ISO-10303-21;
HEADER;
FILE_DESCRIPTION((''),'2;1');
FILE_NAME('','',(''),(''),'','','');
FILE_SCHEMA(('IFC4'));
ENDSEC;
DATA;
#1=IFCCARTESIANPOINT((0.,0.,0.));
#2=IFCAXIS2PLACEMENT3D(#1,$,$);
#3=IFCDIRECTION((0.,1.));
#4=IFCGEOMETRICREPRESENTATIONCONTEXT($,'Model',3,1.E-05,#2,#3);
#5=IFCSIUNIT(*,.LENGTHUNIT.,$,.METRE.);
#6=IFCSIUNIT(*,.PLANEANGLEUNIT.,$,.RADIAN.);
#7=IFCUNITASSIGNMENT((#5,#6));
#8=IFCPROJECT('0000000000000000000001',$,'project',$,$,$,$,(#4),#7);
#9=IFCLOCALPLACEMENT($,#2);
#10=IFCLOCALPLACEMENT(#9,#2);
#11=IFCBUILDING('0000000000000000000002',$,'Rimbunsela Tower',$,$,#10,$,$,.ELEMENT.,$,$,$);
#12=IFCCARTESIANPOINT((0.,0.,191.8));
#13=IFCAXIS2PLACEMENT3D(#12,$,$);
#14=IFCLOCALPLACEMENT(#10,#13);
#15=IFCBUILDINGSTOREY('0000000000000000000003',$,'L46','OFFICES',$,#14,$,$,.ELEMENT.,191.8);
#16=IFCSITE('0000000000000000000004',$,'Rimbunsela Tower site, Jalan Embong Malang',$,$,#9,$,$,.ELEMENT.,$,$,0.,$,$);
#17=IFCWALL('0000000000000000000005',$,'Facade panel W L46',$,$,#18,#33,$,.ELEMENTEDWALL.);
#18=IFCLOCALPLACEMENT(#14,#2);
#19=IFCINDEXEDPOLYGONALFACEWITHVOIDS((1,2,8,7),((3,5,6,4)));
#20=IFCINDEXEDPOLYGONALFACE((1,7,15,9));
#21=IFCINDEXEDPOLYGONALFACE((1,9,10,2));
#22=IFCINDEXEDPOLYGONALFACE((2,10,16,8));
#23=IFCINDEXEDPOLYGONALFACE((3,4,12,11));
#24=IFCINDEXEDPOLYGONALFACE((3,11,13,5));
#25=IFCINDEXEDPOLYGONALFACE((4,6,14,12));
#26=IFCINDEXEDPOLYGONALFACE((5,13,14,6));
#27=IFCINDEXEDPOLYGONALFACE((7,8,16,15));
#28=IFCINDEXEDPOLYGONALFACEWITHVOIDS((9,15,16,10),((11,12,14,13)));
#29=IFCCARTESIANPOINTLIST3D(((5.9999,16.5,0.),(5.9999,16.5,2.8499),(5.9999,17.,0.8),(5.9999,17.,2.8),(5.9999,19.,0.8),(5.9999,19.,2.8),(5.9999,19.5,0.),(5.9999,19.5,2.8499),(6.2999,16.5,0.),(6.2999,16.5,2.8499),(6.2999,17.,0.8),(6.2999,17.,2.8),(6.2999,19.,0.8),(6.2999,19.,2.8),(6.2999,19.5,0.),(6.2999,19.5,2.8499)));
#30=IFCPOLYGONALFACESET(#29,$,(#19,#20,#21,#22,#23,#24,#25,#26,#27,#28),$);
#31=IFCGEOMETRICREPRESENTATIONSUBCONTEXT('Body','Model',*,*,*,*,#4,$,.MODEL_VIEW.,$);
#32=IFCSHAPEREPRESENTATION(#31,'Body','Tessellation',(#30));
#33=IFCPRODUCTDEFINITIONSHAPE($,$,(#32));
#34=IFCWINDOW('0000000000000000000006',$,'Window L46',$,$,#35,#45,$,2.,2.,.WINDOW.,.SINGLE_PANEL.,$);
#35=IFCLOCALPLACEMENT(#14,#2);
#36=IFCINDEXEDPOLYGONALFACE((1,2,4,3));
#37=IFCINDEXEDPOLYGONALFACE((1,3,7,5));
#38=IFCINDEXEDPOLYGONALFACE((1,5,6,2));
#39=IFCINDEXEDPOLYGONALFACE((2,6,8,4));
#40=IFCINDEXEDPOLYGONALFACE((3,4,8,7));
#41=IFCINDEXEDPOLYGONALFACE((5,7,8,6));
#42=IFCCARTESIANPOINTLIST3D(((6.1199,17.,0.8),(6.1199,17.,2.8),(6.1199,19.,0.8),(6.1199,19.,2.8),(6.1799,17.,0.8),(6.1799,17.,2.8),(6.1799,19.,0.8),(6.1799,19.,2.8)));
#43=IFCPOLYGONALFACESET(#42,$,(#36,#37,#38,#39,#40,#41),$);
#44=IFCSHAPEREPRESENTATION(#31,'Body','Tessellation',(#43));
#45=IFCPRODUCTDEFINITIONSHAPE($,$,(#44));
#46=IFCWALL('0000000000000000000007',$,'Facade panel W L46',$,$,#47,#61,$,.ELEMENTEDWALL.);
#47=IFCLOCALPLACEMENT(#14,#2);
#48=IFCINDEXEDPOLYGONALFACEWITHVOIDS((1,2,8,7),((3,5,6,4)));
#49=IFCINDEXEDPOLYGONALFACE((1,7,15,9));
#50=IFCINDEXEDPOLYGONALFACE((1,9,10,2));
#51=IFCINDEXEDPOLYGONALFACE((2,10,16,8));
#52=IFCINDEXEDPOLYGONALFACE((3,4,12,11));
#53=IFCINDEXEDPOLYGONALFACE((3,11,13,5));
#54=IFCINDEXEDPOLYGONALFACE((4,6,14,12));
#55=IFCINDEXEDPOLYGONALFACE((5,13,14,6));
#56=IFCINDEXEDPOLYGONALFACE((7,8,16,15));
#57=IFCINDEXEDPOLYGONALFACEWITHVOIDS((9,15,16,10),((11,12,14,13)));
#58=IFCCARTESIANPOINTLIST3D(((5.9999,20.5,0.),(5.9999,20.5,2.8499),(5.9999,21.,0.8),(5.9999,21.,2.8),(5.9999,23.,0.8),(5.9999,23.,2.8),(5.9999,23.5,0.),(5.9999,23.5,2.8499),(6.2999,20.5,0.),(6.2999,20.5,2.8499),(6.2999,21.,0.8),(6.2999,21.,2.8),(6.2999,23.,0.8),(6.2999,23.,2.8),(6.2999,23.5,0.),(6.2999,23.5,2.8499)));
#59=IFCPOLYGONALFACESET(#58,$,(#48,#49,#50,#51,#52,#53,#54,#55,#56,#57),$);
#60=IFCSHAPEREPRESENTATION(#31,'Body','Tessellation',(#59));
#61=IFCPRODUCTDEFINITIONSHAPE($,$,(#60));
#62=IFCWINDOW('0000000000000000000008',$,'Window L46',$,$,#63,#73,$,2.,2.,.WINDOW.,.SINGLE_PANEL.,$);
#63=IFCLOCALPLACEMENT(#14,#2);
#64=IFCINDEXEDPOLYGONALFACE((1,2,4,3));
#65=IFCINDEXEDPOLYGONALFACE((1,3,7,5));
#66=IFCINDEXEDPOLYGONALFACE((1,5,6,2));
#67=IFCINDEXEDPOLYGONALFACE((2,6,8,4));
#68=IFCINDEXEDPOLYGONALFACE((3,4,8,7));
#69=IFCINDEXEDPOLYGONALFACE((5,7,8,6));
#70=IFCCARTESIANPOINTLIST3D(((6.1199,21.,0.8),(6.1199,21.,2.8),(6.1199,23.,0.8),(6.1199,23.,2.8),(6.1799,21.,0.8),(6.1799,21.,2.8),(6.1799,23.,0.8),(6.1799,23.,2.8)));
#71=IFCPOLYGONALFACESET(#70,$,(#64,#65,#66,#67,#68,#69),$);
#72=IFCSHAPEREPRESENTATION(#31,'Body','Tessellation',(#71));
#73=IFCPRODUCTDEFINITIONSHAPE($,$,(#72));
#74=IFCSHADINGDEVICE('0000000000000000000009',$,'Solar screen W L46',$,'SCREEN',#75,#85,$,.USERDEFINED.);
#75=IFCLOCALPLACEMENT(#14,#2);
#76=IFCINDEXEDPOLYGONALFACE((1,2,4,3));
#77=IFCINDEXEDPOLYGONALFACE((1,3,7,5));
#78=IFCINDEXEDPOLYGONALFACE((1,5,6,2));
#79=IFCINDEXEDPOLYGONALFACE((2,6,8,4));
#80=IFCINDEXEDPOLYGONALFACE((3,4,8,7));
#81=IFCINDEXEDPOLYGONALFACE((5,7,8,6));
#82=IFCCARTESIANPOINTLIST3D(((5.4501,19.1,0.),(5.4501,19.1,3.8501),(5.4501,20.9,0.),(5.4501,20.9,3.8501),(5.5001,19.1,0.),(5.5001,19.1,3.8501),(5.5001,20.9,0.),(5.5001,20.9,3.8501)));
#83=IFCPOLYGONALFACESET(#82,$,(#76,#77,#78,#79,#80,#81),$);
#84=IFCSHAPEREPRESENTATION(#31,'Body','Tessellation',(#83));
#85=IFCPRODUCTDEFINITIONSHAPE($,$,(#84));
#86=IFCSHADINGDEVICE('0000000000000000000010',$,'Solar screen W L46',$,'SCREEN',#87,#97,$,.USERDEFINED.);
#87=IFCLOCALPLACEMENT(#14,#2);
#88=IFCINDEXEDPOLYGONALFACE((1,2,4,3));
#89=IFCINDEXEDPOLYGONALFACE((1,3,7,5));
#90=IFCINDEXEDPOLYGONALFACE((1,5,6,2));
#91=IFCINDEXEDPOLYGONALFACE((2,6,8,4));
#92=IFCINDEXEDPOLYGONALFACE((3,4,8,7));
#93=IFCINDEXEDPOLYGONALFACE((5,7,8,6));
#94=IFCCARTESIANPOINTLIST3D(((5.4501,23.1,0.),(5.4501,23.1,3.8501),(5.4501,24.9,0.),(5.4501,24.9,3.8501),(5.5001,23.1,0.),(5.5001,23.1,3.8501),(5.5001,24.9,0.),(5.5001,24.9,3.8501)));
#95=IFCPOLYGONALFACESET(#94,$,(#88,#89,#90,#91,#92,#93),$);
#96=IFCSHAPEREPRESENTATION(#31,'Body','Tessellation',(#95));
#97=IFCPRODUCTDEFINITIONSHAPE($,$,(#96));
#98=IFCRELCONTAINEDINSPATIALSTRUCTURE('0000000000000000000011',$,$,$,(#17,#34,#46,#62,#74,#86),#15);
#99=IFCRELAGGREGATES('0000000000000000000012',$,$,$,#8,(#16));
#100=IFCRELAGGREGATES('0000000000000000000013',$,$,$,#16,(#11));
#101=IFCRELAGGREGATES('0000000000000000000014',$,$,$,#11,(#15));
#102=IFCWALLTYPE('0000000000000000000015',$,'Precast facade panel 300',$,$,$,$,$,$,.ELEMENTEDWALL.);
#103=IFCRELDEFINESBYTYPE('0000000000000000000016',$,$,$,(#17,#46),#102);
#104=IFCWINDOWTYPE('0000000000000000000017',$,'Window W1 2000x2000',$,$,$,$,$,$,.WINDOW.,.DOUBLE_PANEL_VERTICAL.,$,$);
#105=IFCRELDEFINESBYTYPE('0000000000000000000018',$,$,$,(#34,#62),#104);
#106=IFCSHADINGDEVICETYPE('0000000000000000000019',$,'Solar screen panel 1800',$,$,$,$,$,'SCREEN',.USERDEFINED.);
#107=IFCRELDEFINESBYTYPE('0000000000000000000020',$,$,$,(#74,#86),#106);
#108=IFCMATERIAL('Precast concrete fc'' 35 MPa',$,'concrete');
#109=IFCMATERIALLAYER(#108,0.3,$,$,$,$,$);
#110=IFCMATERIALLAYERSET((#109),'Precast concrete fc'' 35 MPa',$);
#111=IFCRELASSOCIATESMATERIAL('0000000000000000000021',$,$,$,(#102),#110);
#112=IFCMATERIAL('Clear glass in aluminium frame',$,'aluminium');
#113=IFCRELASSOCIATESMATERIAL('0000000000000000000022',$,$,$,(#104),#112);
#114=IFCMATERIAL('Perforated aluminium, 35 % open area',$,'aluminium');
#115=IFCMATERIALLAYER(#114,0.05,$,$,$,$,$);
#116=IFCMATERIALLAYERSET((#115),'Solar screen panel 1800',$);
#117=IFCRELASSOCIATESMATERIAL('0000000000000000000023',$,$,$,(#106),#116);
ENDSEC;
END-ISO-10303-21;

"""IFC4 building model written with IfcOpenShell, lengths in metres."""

from ifc_helpers import new_model, si_unit, direction, frame, frame_2d, origin, origin_2d, place, context, subcontext, project, spatial, rectangle, extrude, material, layer, layer_set, type_object, element, fill, save


model = new_model("IFC4")

# Units and contexts
model_context = context("Model", 3, precision=1e-05, world=origin(), true_north=direction((0.0, 1.0)))
body_context = subcontext(model_context, "Body", "Model", "MODEL_VIEW")
ifc_project = project(units=[si_unit("LENGTHUNIT", "METRE"), si_unit("PLANEANGLEUNIT", "RADIAN")], contexts=[model_context])

# Site, building, storey
site_placement = place(None, origin())
site = spatial("IfcSite", under=ifc_project, at=site_placement, Name="Rimbunsela Tower site, Jalan Embong Malang", CompositionType="ELEMENT", RefElevation=0.0)
building_placement = place(site_placement, origin())
building = spatial("IfcBuilding", under=site, at=building_placement, Name="Rimbunsela Tower", CompositionType="ELEMENT")
storey_placement = place(building_placement, frame((0.0, 0.0, 191.8)))
storey = spatial("IfcBuildingStorey", under=building, at=storey_placement, Name="L46", Description="OFFICES", CompositionType="ELEMENT", Elevation=191.8)

# Walls, openings, windows
ifc_material_1 = material(Name="Precast concrete fc' 35 MPa", Category="concrete")
ifc_layer_1 = layer(ifc_material_1, 0.3)
ifc_layer_set_1 = layer_set([ifc_layer_1], Name="Precast concrete fc' 35 MPa")
wall_type_1 = type_object("IfcWallType", Name="Precast facade panel 300", PredefinedType="ELEMENTEDWALL", material=ifc_layer_set_1)
wall_1_placement = place(storey_placement, frame((6.1499, 19.5, 0.0), z_axis=(0.0, 0.0, 1.0), x_axis=(0.0, -1.0, 0.0)))
wall_1 = element("IfcWall", 1, at=wall_1_placement, inside=storey, type_object=wall_type_1, Name="Facade panel W L46", PredefinedType="ELEMENTEDWALL", context=body_context, shape_type="SweptSolid", body=[
    extrude(rectangle(XDim=3.0, YDim=0.3, at=frame_2d((1.5, 0.0))), origin(), (0.0, 0.0, 1.0), 2.8499),
])
opening_1_placement = place(wall_1_placement, frame((0.5, 0.0, 0.8)))
opening_1 = element("IfcOpeningElement", 2, at=opening_1_placement, cuts=wall_1, PredefinedType="OPENING", context=body_context, shape_type="SweptSolid", body=[
    extrude(rectangle(XDim=2.0, YDim=2.0, at=frame_2d((1.0, 1.0))), frame((0.0, 0.1599, 0.0), z_axis=(0.0, -1.0, 0.0), x_axis=(1.0, 0.0, 0.0)), (0.0, 0.0, 1.0), 0.3201),
])
ifc_material_2 = material(Name="Clear glass in aluminium frame", Category="aluminium")
window_type = type_object("IfcWindowType", Name="Window W1 2000x2000", PartitioningType="DOUBLE_PANEL_VERTICAL", PredefinedType="WINDOW", material=ifc_material_2)
window_1_placement = place(opening_1_placement, origin())
window_1 = element("IfcWindow", 3, at=window_1_placement, inside=storey, type_object=window_type, Name="Window L46", OverallHeight=2.0, OverallWidth=2.0, PartitioningType="SINGLE_PANEL", PredefinedType="WINDOW", context=body_context, shape_type="SweptSolid", body=[
    extrude(rectangle(XDim=2.0, YDim=2.0, at=frame_2d((1.0, 1.0))), frame((0.0, 0.03, 0.0), z_axis=(0.0, -1.0, 0.0), x_axis=(1.0, 0.0, 0.0)), (0.0, 0.0, 1.0), 0.0601),
])
fill(opening_1, window_1)
wall_2_placement = place(storey_placement, frame((6.1499, 23.5, 0.0), z_axis=(0.0, 0.0, 1.0), x_axis=(0.0, -1.0, 0.0)))
wall_2 = element("IfcWall", 4, at=wall_2_placement, inside=storey, type_object=wall_type_1, Name="Facade panel W L46", PredefinedType="ELEMENTEDWALL", context=body_context, shape_type="SweptSolid", body=[
    extrude(rectangle(XDim=3.0, YDim=0.3, at=frame_2d((1.5, 0.0))), origin(), (0.0, 0.0, 1.0), 2.8499),
])
opening_2_placement = place(wall_2_placement, frame((0.5, 0.0, 0.8)))
opening_2 = element("IfcOpeningElement", 5, at=opening_2_placement, cuts=wall_2, PredefinedType="OPENING", context=body_context, shape_type="SweptSolid", body=[
    extrude(rectangle(XDim=2.0, YDim=2.0, at=frame_2d((1.0, 1.0))), frame((0.0, 0.1599, 0.0), z_axis=(0.0, -1.0, 0.0), x_axis=(1.0, 0.0, 0.0)), (0.0, 0.0, 1.0), 0.3201),
])
window_2_placement = place(opening_2_placement, origin())
window_2 = element("IfcWindow", 6, at=window_2_placement, inside=storey, type_object=window_type, Name="Window L46", OverallHeight=2.0, OverallWidth=2.0, PartitioningType="SINGLE_PANEL", PredefinedType="WINDOW", context=body_context, shape_type="SweptSolid", body=[
    extrude(rectangle(XDim=2.0, YDim=2.0, at=frame_2d((1.0, 1.0))), frame((0.0, 0.03, 0.0), z_axis=(0.0, -1.0, 0.0), x_axis=(1.0, 0.0, 0.0)), (0.0, 0.0, 1.0), 0.0601),
])
fill(opening_2, window_2)

# Shading devices
ifc_material_3 = material(Name="Perforated aluminium, 35 % open area", Category="aluminium")
ifc_layer_2 = layer(ifc_material_3, 0.05)
ifc_layer_set_2 = layer_set([ifc_layer_2], Name="Solar screen panel 1800")
shading_device_type = type_object("IfcShadingDeviceType", Name="Solar screen panel 1800", ElementType="SCREEN", PredefinedType="USERDEFINED", material=ifc_layer_set_2)
for number, where, z_axis, x_axis, name in (
    (7, (5.4751, 20.0, 0.0), (0.0, 0.0, 1.0), (0.0, 1.0, 0.0), "Solar screen W L46"),
    (8, (5.4751, 24.0, 0.0), (0.0, 0.0, 1.0), (0.0, 1.0, 0.0), "Solar screen W L46"),
):
    element("IfcShadingDevice", number, at=place(storey_placement, frame(where, z_axis=z_axis, x_axis=x_axis)), inside=storey, type_object=shading_device_type, Name=name, ObjectType="SCREEN", PredefinedType="USERDEFINED", context=body_context, shape_type="SweptSolid", body=[
        extrude(rectangle(XDim=1.8, YDim=0.05, at=origin_2d()), origin(), (0.0, 0.0, 1.0), 3.8501),
    ])

save(model, "model.ifc")
